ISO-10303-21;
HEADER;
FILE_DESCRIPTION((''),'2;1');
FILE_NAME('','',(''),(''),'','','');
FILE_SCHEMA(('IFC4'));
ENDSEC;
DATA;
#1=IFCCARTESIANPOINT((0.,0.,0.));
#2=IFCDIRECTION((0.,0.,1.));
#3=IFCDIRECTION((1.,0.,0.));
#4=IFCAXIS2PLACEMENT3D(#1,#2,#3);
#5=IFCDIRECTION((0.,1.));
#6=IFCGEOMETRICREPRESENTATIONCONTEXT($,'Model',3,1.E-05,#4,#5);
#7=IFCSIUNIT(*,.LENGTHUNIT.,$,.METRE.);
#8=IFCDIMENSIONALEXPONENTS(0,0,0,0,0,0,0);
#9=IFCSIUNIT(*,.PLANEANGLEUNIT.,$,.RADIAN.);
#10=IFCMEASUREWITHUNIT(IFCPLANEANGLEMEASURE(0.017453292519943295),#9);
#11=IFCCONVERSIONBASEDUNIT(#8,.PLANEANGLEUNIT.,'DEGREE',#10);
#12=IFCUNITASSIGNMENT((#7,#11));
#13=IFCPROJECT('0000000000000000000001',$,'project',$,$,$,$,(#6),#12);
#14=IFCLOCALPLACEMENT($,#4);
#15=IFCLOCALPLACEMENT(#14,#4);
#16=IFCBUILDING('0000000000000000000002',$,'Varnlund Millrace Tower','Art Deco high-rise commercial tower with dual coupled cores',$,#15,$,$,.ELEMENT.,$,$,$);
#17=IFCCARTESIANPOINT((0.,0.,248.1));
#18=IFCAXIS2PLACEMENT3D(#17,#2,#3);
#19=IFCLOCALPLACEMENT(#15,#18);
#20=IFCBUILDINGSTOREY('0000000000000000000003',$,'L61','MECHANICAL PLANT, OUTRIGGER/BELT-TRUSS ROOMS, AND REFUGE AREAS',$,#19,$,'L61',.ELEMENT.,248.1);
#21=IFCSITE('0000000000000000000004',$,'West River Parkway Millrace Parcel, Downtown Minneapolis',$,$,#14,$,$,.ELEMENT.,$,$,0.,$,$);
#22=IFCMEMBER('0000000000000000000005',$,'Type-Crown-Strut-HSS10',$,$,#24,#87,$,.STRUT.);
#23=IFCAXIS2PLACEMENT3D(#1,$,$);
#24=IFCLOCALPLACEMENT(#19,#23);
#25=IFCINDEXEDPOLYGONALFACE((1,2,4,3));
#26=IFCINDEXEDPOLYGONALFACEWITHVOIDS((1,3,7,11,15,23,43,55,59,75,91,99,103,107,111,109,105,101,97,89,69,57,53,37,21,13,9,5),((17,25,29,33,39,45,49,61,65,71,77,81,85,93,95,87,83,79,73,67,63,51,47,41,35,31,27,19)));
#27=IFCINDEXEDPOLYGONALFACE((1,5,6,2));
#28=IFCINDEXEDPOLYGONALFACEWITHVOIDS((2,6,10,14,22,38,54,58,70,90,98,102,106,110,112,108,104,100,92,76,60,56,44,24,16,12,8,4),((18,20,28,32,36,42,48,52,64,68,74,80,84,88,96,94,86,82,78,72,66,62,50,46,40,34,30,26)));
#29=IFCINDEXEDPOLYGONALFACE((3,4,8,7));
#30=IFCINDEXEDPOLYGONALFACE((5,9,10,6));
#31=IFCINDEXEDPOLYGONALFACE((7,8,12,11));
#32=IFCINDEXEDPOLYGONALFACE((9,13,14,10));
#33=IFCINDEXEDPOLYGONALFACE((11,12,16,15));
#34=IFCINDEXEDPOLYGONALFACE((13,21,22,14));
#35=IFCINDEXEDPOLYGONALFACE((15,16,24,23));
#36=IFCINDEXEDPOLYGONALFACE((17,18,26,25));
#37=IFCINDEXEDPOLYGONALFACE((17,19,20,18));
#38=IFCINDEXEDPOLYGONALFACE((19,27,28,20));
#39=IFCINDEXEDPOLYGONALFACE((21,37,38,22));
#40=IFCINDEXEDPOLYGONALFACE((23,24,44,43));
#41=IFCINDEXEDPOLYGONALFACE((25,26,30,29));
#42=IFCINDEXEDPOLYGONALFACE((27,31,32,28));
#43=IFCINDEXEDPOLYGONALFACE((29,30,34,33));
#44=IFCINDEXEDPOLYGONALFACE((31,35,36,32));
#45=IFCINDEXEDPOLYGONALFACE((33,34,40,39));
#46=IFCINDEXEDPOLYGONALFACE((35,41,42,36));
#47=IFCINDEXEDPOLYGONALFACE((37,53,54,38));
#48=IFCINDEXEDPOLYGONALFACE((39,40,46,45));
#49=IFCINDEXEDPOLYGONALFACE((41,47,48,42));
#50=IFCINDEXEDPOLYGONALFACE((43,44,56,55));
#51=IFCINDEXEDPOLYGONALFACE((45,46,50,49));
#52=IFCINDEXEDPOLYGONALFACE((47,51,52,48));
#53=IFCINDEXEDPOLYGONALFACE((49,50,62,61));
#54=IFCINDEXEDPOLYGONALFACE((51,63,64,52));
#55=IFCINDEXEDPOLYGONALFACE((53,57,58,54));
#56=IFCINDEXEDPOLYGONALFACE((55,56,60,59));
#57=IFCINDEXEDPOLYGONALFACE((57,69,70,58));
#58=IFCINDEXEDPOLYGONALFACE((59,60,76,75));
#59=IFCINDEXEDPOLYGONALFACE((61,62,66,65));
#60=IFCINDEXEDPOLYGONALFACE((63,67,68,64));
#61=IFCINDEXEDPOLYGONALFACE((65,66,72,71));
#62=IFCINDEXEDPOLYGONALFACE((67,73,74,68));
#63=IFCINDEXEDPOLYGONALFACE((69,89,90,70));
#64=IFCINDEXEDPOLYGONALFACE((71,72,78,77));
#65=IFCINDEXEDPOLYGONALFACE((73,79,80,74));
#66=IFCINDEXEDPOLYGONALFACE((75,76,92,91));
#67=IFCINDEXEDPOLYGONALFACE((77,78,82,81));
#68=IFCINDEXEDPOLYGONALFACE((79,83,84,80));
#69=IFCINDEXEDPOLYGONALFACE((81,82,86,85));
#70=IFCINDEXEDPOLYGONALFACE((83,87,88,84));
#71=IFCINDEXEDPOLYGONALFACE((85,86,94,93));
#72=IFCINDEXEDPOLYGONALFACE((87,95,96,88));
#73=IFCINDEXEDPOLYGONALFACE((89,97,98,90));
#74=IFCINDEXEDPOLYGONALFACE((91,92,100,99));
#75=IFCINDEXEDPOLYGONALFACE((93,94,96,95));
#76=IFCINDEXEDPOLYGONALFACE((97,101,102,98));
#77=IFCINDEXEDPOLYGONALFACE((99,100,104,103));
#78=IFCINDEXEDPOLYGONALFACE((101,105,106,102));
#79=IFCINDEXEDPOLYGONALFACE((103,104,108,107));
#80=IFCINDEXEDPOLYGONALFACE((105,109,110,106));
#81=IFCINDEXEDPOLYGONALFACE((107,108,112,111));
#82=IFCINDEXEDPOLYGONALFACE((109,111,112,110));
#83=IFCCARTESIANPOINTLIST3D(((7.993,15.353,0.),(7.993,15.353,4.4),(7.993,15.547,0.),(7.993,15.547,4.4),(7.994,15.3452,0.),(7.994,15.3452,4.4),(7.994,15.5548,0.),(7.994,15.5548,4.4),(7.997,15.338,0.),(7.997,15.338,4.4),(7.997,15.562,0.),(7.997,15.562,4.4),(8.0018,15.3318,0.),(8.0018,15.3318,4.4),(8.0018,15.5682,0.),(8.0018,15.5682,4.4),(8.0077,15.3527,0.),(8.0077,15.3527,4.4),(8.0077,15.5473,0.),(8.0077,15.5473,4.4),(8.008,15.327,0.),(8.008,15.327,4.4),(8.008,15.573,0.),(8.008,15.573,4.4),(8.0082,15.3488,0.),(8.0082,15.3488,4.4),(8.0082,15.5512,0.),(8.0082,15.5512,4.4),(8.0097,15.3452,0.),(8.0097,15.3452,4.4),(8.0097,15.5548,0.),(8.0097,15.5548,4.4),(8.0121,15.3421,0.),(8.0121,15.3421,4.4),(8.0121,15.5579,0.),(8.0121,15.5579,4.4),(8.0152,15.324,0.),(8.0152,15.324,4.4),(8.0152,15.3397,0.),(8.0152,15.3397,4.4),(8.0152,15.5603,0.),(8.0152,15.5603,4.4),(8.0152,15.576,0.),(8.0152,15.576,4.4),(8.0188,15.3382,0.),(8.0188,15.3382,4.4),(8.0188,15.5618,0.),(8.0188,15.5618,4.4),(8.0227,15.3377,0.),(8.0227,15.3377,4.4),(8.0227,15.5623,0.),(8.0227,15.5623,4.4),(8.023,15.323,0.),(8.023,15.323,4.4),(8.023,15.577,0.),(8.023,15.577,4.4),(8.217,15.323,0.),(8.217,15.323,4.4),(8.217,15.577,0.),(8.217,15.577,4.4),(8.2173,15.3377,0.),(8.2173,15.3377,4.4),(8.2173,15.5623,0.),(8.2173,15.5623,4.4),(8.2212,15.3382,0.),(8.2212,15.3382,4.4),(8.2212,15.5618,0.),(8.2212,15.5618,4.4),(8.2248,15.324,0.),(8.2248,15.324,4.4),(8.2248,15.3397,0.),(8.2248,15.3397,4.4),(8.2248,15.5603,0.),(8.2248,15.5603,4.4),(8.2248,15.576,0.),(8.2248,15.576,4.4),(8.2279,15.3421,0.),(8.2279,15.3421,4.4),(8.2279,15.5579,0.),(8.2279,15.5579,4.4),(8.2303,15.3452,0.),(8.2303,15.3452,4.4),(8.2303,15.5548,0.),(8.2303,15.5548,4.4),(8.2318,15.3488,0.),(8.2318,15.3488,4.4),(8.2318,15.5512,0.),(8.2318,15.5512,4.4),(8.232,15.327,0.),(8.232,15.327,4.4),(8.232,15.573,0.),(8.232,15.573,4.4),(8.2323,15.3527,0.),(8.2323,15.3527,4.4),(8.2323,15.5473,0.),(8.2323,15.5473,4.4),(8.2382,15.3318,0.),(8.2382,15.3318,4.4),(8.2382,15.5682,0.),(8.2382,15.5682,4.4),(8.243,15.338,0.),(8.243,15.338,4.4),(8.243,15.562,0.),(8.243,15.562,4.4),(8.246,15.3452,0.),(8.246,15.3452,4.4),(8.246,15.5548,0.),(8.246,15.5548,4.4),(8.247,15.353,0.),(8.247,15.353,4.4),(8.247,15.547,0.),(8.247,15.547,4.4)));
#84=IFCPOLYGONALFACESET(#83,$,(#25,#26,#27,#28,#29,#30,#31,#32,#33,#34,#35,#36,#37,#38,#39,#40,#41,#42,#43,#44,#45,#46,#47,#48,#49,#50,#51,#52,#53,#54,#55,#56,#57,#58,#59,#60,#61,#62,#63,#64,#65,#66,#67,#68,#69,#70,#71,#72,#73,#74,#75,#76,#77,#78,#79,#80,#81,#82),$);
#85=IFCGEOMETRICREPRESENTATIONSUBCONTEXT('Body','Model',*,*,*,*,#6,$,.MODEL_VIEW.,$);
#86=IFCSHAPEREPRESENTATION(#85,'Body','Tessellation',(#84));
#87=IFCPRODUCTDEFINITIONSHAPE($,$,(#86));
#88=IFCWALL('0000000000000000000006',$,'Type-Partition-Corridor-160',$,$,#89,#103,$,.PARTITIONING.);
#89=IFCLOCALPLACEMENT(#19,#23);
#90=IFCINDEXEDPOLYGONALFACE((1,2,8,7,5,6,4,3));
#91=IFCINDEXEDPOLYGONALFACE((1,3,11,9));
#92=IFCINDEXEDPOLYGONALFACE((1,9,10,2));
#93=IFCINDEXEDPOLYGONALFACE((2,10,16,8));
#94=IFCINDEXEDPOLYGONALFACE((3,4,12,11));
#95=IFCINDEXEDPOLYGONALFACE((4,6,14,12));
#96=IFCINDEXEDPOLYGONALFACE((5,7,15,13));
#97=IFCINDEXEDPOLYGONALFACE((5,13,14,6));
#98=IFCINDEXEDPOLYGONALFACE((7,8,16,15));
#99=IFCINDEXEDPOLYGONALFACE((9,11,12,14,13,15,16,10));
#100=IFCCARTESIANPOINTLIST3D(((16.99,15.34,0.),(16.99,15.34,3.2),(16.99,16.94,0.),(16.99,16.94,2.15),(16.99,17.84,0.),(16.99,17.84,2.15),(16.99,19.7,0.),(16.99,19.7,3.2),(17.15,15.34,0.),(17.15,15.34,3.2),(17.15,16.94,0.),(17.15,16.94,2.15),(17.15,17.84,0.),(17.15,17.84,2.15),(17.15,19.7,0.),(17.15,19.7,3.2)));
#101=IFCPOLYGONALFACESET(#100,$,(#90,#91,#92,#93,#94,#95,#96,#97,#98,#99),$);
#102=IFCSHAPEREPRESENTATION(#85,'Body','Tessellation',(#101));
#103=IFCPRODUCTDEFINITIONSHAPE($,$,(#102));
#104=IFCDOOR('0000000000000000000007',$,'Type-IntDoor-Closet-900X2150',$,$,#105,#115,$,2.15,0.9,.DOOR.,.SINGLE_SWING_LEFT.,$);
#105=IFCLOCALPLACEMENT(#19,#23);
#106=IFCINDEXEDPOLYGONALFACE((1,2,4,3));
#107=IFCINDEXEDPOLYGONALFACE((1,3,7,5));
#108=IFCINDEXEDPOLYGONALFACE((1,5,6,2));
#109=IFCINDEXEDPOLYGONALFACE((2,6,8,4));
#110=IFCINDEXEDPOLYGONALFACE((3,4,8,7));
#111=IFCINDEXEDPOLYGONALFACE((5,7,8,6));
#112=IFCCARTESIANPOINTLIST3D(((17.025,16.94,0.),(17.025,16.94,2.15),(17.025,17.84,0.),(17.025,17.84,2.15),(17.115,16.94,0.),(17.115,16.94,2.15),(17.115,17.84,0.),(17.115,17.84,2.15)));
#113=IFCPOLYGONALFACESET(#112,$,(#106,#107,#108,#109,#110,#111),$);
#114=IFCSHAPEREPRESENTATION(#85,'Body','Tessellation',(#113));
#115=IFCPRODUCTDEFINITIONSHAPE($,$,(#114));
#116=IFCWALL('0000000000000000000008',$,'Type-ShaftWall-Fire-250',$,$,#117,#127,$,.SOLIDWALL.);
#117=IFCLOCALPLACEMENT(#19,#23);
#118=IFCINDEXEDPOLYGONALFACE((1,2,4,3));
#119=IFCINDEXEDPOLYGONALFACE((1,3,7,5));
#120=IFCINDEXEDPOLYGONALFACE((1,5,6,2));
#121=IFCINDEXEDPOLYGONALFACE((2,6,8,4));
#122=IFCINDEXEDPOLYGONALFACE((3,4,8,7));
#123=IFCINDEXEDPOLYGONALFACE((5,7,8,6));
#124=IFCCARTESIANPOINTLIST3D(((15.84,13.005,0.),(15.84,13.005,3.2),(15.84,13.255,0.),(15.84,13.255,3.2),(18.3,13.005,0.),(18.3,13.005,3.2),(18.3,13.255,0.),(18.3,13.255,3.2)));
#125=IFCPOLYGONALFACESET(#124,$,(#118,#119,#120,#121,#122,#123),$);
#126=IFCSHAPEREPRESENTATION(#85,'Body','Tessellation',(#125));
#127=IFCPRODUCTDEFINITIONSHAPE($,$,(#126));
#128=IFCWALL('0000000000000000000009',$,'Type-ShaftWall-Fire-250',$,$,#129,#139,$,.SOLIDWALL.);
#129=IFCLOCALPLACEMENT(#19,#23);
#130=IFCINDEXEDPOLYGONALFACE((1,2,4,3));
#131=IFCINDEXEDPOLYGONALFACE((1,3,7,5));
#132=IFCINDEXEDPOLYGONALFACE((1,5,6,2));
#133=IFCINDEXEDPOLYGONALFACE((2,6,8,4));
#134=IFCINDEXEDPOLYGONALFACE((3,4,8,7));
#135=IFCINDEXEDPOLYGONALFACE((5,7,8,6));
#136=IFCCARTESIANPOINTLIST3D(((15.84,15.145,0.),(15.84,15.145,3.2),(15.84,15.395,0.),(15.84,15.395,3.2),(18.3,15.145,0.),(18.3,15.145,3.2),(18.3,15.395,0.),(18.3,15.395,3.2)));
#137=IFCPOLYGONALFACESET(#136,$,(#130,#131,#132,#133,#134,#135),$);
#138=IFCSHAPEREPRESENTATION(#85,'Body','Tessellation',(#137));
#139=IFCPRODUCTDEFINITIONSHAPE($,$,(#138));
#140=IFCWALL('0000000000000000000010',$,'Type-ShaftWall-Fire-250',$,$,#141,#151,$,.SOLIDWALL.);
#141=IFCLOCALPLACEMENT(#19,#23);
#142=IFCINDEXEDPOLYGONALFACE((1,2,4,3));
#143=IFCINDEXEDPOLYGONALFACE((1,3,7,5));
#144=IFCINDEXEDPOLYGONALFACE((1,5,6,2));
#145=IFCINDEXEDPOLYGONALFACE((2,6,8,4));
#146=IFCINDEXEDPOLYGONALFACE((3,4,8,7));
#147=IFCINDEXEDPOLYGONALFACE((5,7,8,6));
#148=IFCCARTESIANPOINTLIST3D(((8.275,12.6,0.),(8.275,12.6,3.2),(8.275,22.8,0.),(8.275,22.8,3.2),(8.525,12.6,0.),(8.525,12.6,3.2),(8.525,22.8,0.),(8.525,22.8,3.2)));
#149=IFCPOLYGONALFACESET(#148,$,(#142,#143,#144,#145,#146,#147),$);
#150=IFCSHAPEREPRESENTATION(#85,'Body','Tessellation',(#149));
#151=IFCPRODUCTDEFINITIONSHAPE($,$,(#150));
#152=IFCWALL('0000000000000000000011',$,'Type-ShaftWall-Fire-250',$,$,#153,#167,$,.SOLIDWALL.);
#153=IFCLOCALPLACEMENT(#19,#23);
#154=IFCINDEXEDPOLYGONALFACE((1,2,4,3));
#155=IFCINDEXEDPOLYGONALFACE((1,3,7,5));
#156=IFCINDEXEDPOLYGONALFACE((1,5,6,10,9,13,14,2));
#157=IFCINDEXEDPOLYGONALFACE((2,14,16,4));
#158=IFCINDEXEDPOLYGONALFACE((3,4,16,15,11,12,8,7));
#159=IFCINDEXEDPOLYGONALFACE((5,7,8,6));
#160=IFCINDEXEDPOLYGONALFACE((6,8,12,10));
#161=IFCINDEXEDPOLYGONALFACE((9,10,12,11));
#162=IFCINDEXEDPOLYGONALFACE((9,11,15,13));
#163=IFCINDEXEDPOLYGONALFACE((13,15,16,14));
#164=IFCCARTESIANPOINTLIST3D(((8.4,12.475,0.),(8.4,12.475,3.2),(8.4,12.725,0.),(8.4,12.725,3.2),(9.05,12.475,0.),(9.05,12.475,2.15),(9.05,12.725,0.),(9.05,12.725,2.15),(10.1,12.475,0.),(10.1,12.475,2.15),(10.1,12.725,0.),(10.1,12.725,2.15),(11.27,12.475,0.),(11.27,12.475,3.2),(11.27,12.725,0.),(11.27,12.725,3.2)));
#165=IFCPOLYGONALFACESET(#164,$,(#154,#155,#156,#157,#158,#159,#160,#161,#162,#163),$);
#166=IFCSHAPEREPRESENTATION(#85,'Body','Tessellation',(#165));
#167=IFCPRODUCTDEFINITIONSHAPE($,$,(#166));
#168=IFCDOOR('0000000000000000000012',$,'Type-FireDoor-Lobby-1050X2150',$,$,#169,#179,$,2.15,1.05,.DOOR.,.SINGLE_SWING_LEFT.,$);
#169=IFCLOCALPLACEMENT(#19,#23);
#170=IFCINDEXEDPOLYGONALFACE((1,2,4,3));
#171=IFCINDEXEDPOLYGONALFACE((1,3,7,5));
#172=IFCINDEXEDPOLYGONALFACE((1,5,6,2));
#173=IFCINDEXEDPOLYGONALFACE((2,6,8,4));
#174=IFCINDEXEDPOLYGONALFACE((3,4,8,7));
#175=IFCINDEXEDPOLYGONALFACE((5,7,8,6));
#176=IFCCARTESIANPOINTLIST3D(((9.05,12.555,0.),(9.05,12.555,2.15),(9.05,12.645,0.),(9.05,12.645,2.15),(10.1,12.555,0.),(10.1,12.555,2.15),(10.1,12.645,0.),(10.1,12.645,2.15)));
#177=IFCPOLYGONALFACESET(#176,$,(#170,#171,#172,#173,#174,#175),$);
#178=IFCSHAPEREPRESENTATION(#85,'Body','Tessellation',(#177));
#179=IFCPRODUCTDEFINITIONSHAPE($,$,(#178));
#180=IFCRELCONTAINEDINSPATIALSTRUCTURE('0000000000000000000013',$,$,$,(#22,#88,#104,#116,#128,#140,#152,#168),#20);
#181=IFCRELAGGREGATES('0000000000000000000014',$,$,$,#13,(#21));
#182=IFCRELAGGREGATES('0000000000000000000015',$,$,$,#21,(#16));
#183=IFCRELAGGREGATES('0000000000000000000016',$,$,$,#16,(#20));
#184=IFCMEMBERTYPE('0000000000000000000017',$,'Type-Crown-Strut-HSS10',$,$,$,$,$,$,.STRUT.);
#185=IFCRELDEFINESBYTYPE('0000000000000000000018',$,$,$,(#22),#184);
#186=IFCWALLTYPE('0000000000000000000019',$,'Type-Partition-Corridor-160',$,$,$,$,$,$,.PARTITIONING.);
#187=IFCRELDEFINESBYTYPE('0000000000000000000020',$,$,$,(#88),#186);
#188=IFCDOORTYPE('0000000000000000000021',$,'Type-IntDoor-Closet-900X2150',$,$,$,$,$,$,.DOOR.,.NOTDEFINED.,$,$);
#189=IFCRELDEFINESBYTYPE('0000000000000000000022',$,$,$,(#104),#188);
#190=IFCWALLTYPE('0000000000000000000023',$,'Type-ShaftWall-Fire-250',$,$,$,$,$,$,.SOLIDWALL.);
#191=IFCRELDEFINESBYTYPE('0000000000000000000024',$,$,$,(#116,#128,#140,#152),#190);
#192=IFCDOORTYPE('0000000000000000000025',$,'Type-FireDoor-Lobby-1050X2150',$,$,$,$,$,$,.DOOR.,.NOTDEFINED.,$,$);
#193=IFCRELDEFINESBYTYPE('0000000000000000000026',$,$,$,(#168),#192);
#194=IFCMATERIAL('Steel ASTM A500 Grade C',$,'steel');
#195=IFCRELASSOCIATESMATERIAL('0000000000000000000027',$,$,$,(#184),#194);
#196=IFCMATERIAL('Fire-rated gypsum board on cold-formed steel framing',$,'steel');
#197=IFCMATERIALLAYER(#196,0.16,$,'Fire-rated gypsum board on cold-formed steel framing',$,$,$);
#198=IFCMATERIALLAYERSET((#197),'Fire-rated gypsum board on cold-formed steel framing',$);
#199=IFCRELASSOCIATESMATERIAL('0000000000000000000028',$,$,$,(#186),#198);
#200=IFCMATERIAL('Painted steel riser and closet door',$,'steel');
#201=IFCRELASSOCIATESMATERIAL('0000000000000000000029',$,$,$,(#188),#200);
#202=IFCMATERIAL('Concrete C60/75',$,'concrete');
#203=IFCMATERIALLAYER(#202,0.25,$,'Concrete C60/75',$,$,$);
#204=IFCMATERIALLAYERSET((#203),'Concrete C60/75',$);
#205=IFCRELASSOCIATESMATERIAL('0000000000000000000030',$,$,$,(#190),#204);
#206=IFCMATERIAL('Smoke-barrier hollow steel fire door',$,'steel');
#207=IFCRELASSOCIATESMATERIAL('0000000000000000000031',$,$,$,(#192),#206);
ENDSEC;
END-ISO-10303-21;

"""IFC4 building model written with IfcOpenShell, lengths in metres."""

from ifc_helpers import new_model, entity, si_unit, converted_unit, direction, frame, origin_with_axes, origin_2d_with_axis, place, context, subcontext, project, spatial, polyline, rectangle, hollow_rectangle, outline, extrude, material, layer, layer_set, material_profile, profile_set, type_object, element, fill, save


model = new_model("IFC4")

# Units and contexts
model_context = context("Model", 3, precision=1e-05, world=origin_with_axes(), true_north=direction((0.0, 1.0)))
body_context = subcontext(model_context, "Body", "Model", "MODEL_VIEW")
ifc_project = project(units=[si_unit("LENGTHUNIT", "METRE"), converted_unit("PLANEANGLEUNIT", "DEGREE", entity("IfcPlaneAngleMeasure", 0.017453292519943295), si_unit("PLANEANGLEUNIT", "RADIAN"), dimensions=[0, 0, 0, 0, 0, 0, 0])], contexts=[model_context])

# Site, building, storey
site_placement = place(None, origin_with_axes())
site = spatial("IfcSite", under=ifc_project, at=site_placement, Name="West River Parkway Millrace Parcel, Downtown Minneapolis", CompositionType="ELEMENT", RefElevation=0.0)
building_placement = place(site_placement, origin_with_axes())
building = spatial("IfcBuilding", under=site, at=building_placement, Name="Varnlund Millrace Tower", Description="Art Deco high-rise commercial tower with dual coupled cores", CompositionType="ELEMENT")
storey_placement = place(building_placement, frame((0.0, 0.0, 248.1), z_axis=(0.0, 0.0, 1.0), x_axis=(1.0, 0.0, 0.0)))
storey = spatial("IfcBuildingStorey", under=building, at=storey_placement, Name="L61", Description="MECHANICAL PLANT, OUTRIGGER/BELT-TRUSS ROOMS, AND REFUGE AREAS", LongName="L61", CompositionType="ELEMENT", Elevation=248.1)

# Member
ifc_material_1 = material(Name="Steel ASTM A500 Grade C", Category="steel")
ifc_material_profile_1 = material_profile(ifc_material_1, hollow_rectangle(XDim=0.254, YDim=0.254, WallThickness=0.0147, InnerFilletRadius=0.015, OuterFilletRadius=0.03, at=origin_2d_with_axis()), Name="Steel ASTM A500 Grade C")
ifc_profile_set_1 = profile_set([ifc_material_profile_1], Name="Steel ASTM A500 Grade C")
member_type = type_object("IfcMemberType", Name="Type-Crown-Strut-HSS10", PredefinedType="STRUT", material=ifc_profile_set_1)
for number, where, z_axis, x_axis, name in (
    (1, (8.12, 15.45, 0.0), (0.0, 0.0, 1.0), (1.0, 0.0, 0.0), "Type-Crown-Strut-HSS10"),
):
    element("IfcMember", number, at=place(storey_placement, frame(where, z_axis=z_axis, x_axis=x_axis)), inside=storey, type_object=member_type, Name=name, PredefinedType="STRUT", context=body_context, shape_type="SweptSolid", body=[
        extrude(hollow_rectangle(XDim=0.254, YDim=0.254, WallThickness=0.0147, InnerFilletRadius=0.015, OuterFilletRadius=0.03, at=origin_2d_with_axis()), origin_with_axes(), (0.0, 0.0, 1.0), 4.4),
    ])

# Wall, opening, door
ifc_material_2 = material(Name="Fire-rated gypsum board on cold-formed steel framing", Category="steel")
ifc_layer_1 = layer(ifc_material_2, 0.16, Name="Fire-rated gypsum board on cold-formed steel framing")
ifc_layer_set_1 = layer_set([ifc_layer_1], Name="Fire-rated gypsum board on cold-formed steel framing")
wall_type_1 = type_object("IfcWallType", Name="Type-Partition-Corridor-160", PredefinedType="PARTITIONING", material=ifc_layer_set_1)
wall_1_placement = place(storey_placement, frame((17.07, 15.34, 0.0), z_axis=(0.0, 0.0, 1.0), x_axis=(0.0, 1.0, 0.0)))
wall_1 = element("IfcWall", 2, at=wall_1_placement, inside=storey, type_object=wall_type_1, Name="Type-Partition-Corridor-160", PredefinedType="PARTITIONING", context=body_context, shape_type="SweptSolid", body=[
    extrude(outline(polyline([(0.0, -0.08), (4.36, -0.08), (4.36, 0.08), (0.0, 0.08), (0.0, -0.08)])), origin_with_axes(), (0.0, 0.0, 1.0), 3.2),
])
opening_1_placement = place(wall_1_placement, frame((2.05, 0.0, 0.0), z_axis=(0.0, 0.0, 1.0), x_axis=(1.0, 0.0, 0.0)))
opening_1 = element("IfcOpeningElement", 3, at=opening_1_placement, cuts=wall_1, PredefinedType="OPENING", context=body_context, shape_type="SweptSolid", body=[
    extrude(rectangle(XDim=0.9, YDim=0.18, at=origin_2d_with_axis()), origin_with_axes(), (0.0, 0.0, 1.0), 2.15),
])
ifc_material_3 = material(Name="Painted steel riser and closet door", Category="steel")
door_type_1 = type_object("IfcDoorType", Name="Type-IntDoor-Closet-900X2150", OperationType="NOTDEFINED", PredefinedType="DOOR", material=ifc_material_3)
door_1_placement = place(wall_1_placement, frame((2.05, 0.0, 0.0), z_axis=(0.0, 0.0, 1.0), x_axis=(1.0, 0.0, 0.0)))
door_1 = element("IfcDoor", 4, at=door_1_placement, inside=storey, type_object=door_type_1, Name="Type-IntDoor-Closet-900X2150", OperationType="SINGLE_SWING_LEFT", OverallHeight=2.15, OverallWidth=0.9, PredefinedType="DOOR", context=body_context, shape_type="SweptSolid", body=[
    extrude(rectangle(XDim=0.9, YDim=0.09, at=origin_2d_with_axis()), origin_with_axes(), (0.0, 0.0, 1.0), 2.15),
])
fill(opening_1, door_1)

# Walls
ifc_material_4 = material(Name="Concrete C60/75", Category="concrete")
ifc_layer_2 = layer(ifc_material_4, 0.25, Name="Concrete C60/75")
ifc_layer_set_2 = layer_set([ifc_layer_2], Name="Concrete C60/75")
wall_type_2 = type_object("IfcWallType", Name="Type-ShaftWall-Fire-250", PredefinedType="SOLIDWALL", material=ifc_layer_set_2)
for number, where, z_axis, x_axis, name in (
    (5, (15.84, 13.13, 0.0), (0.0, 0.0, 1.0), (1.0, 0.0, 0.0), "Type-ShaftWall-Fire-250"),
    (6, (15.84, 15.27, 0.0), (0.0, 0.0, 1.0), (1.0, 0.0, 0.0), "Type-ShaftWall-Fire-250"),
):
    element("IfcWall", number, at=place(storey_placement, frame(where, z_axis=z_axis, x_axis=x_axis)), inside=storey, type_object=wall_type_2, Name=name, PredefinedType="SOLIDWALL", context=body_context, shape_type="SweptSolid", body=[
        extrude(outline(polyline([(0.0, -0.125), (2.46, -0.125), (2.46, 0.125), (0.0, 0.125), (0.0, -0.125)])), origin_with_axes(), (0.0, 0.0, 1.0), 3.2),
    ])
wall_2_placement = place(storey_placement, frame((8.4, 12.6, 0.0), z_axis=(0.0, 0.0, 1.0), x_axis=(0.0, 1.0, 0.0)))
element("IfcWall", 7, at=wall_2_placement, inside=storey, type_object=wall_type_2, Name="Type-ShaftWall-Fire-250", PredefinedType="SOLIDWALL", context=body_context, shape_type="SweptSolid", body=[
    extrude(outline(polyline([(0.0, -0.125), (10.2, -0.125), (10.2, 0.125), (0.0, 0.125), (0.0, -0.125)])), origin_with_axes(), (0.0, 0.0, 1.0), 3.2),
])

# Wall, opening, door
wall_3_placement = place(storey_placement, frame((8.4, 12.6, 0.0), z_axis=(0.0, 0.0, 1.0), x_axis=(1.0, 0.0, 0.0)))
wall_3 = element("IfcWall", 8, at=wall_3_placement, inside=storey, type_object=wall_type_2, Name="Type-ShaftWall-Fire-250", PredefinedType="SOLIDWALL", context=body_context, shape_type="SweptSolid", body=[
    extrude(outline(polyline([(0.0, -0.125), (2.87, -0.125), (2.87, 0.125), (0.0, 0.125), (0.0, -0.125)])), origin_with_axes(), (0.0, 0.0, 1.0), 3.2),
])
opening_2_placement = place(wall_3_placement, frame((1.175, 0.0, 0.0), z_axis=(0.0, 0.0, 1.0), x_axis=(1.0, 0.0, 0.0)))
opening_2 = element("IfcOpeningElement", 9, at=opening_2_placement, cuts=wall_3, PredefinedType="OPENING", context=body_context, shape_type="SweptSolid", body=[
    extrude(rectangle(XDim=1.05, YDim=0.27, at=origin_2d_with_axis()), origin_with_axes(), (0.0, 0.0, 1.0), 2.15),
])
ifc_material_5 = material(Name="Smoke-barrier hollow steel fire door", Category="steel")
door_type_2 = type_object("IfcDoorType", Name="Type-FireDoor-Lobby-1050X2150", OperationType="NOTDEFINED", PredefinedType="DOOR", material=ifc_material_5)
door_2_placement = place(wall_3_placement, frame((1.175, 0.0, 0.0), z_axis=(0.0, 0.0, 1.0), x_axis=(1.0, 0.0, 0.0)))
door_2 = element("IfcDoor", 10, at=door_2_placement, inside=storey, type_object=door_type_2, Name="Type-FireDoor-Lobby-1050X2150", OperationType="SINGLE_SWING_LEFT", OverallHeight=2.15, OverallWidth=1.05, PredefinedType="DOOR", context=body_context, shape_type="SweptSolid", body=[
    extrude(rectangle(XDim=1.05, YDim=0.09, at=origin_2d_with_axis()), origin_with_axes(), (0.0, 0.0, 1.0), 2.15),
])
fill(opening_2, door_2)

save(model, "model.ifc")
